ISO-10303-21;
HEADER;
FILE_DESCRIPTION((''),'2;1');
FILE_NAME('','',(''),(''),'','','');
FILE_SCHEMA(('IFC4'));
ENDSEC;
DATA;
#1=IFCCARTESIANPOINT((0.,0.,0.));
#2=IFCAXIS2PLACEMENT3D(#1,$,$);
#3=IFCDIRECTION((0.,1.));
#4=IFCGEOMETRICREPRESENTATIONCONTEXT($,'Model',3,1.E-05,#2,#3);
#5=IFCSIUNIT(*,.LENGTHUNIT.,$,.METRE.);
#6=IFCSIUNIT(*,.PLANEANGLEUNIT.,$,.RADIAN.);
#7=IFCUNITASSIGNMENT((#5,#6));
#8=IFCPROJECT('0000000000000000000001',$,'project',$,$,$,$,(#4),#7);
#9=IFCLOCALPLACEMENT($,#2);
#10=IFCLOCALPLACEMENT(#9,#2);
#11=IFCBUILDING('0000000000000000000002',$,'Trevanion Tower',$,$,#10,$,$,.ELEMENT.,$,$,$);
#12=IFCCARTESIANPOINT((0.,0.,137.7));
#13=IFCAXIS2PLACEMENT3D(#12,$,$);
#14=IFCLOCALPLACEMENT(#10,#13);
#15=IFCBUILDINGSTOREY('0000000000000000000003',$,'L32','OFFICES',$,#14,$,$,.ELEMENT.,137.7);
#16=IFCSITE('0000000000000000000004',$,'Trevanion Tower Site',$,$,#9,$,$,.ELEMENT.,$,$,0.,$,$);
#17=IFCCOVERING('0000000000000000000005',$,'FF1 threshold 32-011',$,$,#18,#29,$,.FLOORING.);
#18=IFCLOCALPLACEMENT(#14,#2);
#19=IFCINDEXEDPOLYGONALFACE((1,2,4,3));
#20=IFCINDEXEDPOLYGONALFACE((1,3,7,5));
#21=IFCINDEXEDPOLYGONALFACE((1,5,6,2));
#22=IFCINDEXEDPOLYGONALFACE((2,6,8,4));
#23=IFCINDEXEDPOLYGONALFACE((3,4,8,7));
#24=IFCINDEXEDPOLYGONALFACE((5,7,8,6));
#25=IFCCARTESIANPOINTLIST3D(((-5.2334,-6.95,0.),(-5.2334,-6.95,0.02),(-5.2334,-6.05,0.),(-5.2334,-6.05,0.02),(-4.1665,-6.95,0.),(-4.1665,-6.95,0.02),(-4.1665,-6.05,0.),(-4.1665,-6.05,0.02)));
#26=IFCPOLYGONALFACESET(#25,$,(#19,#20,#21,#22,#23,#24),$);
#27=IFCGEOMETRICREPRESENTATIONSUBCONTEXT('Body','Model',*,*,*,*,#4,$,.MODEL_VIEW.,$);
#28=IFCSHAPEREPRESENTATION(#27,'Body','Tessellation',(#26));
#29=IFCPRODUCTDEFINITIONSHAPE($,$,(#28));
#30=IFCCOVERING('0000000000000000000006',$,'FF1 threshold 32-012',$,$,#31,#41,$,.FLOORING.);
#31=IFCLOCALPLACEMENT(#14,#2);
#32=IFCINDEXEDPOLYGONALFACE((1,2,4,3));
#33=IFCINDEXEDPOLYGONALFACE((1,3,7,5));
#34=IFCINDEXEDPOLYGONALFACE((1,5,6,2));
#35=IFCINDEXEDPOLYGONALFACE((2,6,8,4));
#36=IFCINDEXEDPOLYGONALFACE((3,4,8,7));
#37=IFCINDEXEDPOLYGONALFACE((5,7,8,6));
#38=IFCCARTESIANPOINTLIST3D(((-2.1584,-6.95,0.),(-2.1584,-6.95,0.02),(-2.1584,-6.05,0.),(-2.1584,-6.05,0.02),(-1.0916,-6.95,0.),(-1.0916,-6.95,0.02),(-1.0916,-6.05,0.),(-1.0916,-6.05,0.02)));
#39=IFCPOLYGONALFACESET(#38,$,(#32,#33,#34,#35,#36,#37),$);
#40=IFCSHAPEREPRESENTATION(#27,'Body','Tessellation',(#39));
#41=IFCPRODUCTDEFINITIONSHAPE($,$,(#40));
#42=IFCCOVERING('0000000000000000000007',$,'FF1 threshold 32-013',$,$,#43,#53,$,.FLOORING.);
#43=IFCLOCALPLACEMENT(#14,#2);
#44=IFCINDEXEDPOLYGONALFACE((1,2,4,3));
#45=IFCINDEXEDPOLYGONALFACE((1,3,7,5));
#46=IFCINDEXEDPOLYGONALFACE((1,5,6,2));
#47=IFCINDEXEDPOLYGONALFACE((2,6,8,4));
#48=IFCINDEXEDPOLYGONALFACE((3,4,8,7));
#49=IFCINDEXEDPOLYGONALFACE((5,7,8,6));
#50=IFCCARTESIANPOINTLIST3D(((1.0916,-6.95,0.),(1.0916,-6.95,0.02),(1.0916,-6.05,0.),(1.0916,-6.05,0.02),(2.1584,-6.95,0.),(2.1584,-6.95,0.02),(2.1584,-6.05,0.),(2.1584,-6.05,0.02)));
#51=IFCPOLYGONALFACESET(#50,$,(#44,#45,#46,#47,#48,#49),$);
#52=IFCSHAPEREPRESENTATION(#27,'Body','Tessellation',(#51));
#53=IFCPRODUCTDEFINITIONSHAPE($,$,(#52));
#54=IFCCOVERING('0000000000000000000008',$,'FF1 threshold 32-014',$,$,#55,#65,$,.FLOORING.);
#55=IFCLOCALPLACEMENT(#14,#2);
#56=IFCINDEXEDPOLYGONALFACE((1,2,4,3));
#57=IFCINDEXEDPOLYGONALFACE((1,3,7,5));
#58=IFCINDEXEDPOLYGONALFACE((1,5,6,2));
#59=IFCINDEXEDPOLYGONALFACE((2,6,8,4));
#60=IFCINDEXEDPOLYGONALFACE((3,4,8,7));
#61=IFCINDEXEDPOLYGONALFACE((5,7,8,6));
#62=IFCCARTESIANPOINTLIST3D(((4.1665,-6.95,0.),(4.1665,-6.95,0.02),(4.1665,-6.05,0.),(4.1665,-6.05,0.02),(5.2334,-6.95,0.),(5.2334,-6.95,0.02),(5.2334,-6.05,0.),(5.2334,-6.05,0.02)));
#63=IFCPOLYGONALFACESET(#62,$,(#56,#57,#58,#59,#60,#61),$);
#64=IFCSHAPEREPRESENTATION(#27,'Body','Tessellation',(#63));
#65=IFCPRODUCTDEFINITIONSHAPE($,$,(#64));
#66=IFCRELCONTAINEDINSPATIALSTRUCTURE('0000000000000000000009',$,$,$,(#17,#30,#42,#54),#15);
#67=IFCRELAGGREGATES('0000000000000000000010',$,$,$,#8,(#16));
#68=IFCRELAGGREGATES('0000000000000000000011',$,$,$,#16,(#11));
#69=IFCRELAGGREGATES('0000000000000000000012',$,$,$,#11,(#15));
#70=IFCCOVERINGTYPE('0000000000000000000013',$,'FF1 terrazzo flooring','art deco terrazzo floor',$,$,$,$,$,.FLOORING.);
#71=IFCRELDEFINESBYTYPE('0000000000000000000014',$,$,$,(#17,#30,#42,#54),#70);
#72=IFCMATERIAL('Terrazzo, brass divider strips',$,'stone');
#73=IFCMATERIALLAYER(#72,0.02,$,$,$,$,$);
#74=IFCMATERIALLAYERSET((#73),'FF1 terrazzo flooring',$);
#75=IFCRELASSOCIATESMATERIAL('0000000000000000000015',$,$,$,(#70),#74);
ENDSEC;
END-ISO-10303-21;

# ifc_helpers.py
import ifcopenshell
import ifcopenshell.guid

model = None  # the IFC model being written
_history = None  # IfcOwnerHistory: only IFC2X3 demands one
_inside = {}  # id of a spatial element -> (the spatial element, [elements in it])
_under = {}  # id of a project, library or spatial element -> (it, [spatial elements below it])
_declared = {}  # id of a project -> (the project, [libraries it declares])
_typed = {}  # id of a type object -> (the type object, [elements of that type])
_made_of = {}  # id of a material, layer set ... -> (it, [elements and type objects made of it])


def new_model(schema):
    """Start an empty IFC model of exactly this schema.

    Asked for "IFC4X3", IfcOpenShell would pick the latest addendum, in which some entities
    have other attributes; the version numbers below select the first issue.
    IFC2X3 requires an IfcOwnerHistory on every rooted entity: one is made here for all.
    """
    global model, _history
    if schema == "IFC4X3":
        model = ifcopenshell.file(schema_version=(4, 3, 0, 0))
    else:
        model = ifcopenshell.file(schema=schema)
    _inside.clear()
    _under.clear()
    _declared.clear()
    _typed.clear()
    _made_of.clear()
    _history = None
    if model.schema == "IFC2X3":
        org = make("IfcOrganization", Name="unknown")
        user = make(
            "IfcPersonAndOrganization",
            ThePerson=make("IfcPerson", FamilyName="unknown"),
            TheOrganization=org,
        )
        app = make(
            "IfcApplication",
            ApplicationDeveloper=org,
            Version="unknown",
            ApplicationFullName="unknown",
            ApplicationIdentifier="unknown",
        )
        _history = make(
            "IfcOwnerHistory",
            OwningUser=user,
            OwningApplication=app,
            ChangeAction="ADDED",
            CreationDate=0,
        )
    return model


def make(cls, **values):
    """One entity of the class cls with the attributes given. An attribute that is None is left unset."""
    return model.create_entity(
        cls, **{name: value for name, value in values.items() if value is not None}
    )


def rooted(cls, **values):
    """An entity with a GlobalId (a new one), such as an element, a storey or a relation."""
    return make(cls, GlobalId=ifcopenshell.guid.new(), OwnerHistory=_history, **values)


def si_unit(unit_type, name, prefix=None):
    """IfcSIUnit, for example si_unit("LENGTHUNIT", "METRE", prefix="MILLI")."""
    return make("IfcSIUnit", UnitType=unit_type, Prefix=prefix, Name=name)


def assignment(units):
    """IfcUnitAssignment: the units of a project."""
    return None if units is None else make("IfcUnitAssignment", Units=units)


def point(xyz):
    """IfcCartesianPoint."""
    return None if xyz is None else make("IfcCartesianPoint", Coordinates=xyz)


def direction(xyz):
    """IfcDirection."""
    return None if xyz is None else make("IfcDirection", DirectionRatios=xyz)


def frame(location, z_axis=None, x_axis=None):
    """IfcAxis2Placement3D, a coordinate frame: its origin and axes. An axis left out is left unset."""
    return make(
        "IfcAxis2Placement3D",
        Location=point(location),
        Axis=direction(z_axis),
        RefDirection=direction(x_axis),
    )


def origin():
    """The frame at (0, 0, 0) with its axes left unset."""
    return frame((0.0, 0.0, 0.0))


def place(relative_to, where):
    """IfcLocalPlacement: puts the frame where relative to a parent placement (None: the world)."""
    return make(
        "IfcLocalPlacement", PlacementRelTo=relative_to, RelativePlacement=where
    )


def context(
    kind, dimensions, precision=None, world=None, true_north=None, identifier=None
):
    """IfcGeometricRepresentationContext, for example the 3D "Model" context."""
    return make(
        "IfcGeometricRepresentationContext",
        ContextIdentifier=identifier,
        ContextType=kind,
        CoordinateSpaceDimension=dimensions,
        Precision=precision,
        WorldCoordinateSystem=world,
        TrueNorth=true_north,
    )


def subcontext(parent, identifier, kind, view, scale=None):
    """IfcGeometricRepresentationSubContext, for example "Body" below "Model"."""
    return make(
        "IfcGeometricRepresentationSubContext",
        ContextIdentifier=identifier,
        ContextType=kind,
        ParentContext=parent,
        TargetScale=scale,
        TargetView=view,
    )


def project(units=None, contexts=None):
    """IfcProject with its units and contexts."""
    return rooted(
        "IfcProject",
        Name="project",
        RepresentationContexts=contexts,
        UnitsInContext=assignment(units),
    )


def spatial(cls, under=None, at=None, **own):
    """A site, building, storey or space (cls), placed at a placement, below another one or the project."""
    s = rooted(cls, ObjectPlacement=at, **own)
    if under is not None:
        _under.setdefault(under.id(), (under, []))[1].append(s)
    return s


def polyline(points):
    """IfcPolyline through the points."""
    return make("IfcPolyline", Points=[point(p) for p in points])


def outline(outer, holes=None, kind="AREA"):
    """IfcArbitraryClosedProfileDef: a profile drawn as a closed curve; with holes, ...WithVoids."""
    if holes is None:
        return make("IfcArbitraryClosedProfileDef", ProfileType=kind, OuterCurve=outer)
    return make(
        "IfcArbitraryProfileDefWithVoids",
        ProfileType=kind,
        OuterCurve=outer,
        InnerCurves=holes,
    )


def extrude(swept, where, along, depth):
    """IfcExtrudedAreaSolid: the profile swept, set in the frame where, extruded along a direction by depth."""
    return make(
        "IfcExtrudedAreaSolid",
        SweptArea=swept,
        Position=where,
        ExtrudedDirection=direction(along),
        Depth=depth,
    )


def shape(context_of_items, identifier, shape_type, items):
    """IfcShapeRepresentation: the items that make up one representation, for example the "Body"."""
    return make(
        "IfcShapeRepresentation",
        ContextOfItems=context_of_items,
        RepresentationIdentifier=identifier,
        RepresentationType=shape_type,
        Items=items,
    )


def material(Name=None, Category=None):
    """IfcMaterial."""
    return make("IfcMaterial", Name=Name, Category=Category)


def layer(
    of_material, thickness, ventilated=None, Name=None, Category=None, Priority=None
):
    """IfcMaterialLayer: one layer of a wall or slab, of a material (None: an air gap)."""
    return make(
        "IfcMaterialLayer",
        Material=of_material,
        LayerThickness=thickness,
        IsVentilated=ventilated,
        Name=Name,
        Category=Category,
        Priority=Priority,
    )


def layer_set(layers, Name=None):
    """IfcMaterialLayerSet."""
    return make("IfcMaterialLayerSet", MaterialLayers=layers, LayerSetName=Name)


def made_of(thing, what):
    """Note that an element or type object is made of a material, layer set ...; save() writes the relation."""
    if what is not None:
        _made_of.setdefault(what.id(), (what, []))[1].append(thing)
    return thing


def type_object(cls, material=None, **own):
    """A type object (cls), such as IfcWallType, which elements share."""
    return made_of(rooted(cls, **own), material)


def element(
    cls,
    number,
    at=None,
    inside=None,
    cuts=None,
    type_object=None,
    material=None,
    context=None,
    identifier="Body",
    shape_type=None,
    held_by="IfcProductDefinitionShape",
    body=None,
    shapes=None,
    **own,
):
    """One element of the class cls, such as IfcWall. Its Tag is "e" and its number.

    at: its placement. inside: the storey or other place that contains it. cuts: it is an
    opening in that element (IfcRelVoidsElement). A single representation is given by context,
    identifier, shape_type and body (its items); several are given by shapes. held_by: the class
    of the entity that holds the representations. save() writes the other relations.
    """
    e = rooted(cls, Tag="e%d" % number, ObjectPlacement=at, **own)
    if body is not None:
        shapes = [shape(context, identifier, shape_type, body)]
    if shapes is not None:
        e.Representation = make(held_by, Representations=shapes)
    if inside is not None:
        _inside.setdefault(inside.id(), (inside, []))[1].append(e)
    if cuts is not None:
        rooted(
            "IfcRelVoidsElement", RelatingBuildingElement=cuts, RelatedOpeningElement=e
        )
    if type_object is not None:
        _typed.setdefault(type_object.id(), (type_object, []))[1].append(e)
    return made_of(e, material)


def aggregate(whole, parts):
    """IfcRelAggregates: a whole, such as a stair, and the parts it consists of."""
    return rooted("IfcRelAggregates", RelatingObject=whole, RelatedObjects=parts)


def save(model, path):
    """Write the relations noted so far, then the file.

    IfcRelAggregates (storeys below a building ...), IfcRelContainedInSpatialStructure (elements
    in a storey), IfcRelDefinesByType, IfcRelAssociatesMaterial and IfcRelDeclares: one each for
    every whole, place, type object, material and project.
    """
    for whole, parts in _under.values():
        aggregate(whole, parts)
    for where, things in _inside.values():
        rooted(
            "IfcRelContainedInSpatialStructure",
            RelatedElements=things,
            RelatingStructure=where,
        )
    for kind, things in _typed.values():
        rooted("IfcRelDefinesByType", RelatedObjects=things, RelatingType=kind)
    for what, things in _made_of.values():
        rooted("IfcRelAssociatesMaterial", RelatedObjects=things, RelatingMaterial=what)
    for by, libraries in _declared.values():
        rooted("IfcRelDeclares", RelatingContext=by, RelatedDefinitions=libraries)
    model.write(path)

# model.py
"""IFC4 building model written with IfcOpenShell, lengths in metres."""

from ifc_helpers import new_model, si_unit, direction, frame, origin, place, context, subcontext, project, spatial, polyline, outline, extrude, material, layer, layer_set, type_object, element, save


model = new_model("IFC4")

# Units and contexts
model_context = context("Model", 3, precision=1e-05, world=origin(), true_north=direction((0.0, 1.0)))
body_context = subcontext(model_context, "Body", "Model", "MODEL_VIEW")
ifc_project = project(units=[si_unit("LENGTHUNIT", "METRE"), si_unit("PLANEANGLEUNIT", "RADIAN")], contexts=[model_context])

# Site, building, storey
site_placement = place(None, origin())
site = spatial("IfcSite", under=ifc_project, at=site_placement, Name="Trevanion Tower Site", CompositionType="ELEMENT", RefElevation=0.0)
building_placement = place(site_placement, origin())
building = spatial("IfcBuilding", under=site, at=building_placement, Name="Trevanion Tower", CompositionType="ELEMENT")
storey_placement = place(building_placement, frame((0.0, 0.0, 137.7)))
storey = spatial("IfcBuildingStorey", under=building, at=storey_placement, Name="L32", Description="OFFICES", CompositionType="ELEMENT", Elevation=137.7)

# Coverings
ifc_material_1 = material(Name="Terrazzo, brass divider strips", Category="stone")
ifc_layer_1 = layer(ifc_material_1, 0.02)
ifc_layer_set_1 = layer_set([ifc_layer_1], Name="FF1 terrazzo flooring")
covering_type = type_object("IfcCoveringType", Name="FF1 terrazzo flooring", Description="art deco terrazzo floor", PredefinedType="FLOORING", material=ifc_layer_set_1)
covering_1_placement = place(storey_placement, origin())
element("IfcCovering", 1, at=covering_1_placement, inside=storey, type_object=covering_type, Name="FF1 threshold 32-011", PredefinedType="FLOORING", context=body_context, shape_type="SweptSolid", body=[
    extrude(outline(polyline([(-5.2334, -6.95), (-4.1665, -6.95), (-4.1665, -6.05), (-5.2334, -6.05), (-5.2334, -6.95)])), origin(), (0.0, 0.0, 1.0), 0.02),
])
covering_2_placement = place(storey_placement, origin())
element("IfcCovering", 2, at=covering_2_placement, inside=storey, type_object=covering_type, Name="FF1 threshold 32-012", PredefinedType="FLOORING", context=body_context, shape_type="SweptSolid", body=[
    extrude(outline(polyline([(-2.1584, -6.95), (-1.0916, -6.95), (-1.0916, -6.05), (-2.1584, -6.05), (-2.1584, -6.95)])), origin(), (0.0, 0.0, 1.0), 0.02),
])
covering_3_placement = place(storey_placement, origin())
element("IfcCovering", 3, at=covering_3_placement, inside=storey, type_object=covering_type, Name="FF1 threshold 32-013", PredefinedType="FLOORING", context=body_context, shape_type="SweptSolid", body=[
    extrude(outline(polyline([(1.0916, -6.95), (2.1584, -6.95), (2.1584, -6.05), (1.0916, -6.05), (1.0916, -6.95)])), origin(), (0.0, 0.0, 1.0), 0.02),
])
covering_4_placement = place(storey_placement, origin())
element("IfcCovering", 4, at=covering_4_placement, inside=storey, type_object=covering_type, Name="FF1 threshold 32-014", PredefinedType="FLOORING", context=body_context, shape_type="SweptSolid", body=[
    extrude(outline(polyline([(4.1665, -6.95), (5.2334, -6.95), (5.2334, -6.05), (4.1665, -6.05), (4.1665, -6.95)])), origin(), (0.0, 0.0, 1.0), 0.02),
])

save(model, "model.ifc")
